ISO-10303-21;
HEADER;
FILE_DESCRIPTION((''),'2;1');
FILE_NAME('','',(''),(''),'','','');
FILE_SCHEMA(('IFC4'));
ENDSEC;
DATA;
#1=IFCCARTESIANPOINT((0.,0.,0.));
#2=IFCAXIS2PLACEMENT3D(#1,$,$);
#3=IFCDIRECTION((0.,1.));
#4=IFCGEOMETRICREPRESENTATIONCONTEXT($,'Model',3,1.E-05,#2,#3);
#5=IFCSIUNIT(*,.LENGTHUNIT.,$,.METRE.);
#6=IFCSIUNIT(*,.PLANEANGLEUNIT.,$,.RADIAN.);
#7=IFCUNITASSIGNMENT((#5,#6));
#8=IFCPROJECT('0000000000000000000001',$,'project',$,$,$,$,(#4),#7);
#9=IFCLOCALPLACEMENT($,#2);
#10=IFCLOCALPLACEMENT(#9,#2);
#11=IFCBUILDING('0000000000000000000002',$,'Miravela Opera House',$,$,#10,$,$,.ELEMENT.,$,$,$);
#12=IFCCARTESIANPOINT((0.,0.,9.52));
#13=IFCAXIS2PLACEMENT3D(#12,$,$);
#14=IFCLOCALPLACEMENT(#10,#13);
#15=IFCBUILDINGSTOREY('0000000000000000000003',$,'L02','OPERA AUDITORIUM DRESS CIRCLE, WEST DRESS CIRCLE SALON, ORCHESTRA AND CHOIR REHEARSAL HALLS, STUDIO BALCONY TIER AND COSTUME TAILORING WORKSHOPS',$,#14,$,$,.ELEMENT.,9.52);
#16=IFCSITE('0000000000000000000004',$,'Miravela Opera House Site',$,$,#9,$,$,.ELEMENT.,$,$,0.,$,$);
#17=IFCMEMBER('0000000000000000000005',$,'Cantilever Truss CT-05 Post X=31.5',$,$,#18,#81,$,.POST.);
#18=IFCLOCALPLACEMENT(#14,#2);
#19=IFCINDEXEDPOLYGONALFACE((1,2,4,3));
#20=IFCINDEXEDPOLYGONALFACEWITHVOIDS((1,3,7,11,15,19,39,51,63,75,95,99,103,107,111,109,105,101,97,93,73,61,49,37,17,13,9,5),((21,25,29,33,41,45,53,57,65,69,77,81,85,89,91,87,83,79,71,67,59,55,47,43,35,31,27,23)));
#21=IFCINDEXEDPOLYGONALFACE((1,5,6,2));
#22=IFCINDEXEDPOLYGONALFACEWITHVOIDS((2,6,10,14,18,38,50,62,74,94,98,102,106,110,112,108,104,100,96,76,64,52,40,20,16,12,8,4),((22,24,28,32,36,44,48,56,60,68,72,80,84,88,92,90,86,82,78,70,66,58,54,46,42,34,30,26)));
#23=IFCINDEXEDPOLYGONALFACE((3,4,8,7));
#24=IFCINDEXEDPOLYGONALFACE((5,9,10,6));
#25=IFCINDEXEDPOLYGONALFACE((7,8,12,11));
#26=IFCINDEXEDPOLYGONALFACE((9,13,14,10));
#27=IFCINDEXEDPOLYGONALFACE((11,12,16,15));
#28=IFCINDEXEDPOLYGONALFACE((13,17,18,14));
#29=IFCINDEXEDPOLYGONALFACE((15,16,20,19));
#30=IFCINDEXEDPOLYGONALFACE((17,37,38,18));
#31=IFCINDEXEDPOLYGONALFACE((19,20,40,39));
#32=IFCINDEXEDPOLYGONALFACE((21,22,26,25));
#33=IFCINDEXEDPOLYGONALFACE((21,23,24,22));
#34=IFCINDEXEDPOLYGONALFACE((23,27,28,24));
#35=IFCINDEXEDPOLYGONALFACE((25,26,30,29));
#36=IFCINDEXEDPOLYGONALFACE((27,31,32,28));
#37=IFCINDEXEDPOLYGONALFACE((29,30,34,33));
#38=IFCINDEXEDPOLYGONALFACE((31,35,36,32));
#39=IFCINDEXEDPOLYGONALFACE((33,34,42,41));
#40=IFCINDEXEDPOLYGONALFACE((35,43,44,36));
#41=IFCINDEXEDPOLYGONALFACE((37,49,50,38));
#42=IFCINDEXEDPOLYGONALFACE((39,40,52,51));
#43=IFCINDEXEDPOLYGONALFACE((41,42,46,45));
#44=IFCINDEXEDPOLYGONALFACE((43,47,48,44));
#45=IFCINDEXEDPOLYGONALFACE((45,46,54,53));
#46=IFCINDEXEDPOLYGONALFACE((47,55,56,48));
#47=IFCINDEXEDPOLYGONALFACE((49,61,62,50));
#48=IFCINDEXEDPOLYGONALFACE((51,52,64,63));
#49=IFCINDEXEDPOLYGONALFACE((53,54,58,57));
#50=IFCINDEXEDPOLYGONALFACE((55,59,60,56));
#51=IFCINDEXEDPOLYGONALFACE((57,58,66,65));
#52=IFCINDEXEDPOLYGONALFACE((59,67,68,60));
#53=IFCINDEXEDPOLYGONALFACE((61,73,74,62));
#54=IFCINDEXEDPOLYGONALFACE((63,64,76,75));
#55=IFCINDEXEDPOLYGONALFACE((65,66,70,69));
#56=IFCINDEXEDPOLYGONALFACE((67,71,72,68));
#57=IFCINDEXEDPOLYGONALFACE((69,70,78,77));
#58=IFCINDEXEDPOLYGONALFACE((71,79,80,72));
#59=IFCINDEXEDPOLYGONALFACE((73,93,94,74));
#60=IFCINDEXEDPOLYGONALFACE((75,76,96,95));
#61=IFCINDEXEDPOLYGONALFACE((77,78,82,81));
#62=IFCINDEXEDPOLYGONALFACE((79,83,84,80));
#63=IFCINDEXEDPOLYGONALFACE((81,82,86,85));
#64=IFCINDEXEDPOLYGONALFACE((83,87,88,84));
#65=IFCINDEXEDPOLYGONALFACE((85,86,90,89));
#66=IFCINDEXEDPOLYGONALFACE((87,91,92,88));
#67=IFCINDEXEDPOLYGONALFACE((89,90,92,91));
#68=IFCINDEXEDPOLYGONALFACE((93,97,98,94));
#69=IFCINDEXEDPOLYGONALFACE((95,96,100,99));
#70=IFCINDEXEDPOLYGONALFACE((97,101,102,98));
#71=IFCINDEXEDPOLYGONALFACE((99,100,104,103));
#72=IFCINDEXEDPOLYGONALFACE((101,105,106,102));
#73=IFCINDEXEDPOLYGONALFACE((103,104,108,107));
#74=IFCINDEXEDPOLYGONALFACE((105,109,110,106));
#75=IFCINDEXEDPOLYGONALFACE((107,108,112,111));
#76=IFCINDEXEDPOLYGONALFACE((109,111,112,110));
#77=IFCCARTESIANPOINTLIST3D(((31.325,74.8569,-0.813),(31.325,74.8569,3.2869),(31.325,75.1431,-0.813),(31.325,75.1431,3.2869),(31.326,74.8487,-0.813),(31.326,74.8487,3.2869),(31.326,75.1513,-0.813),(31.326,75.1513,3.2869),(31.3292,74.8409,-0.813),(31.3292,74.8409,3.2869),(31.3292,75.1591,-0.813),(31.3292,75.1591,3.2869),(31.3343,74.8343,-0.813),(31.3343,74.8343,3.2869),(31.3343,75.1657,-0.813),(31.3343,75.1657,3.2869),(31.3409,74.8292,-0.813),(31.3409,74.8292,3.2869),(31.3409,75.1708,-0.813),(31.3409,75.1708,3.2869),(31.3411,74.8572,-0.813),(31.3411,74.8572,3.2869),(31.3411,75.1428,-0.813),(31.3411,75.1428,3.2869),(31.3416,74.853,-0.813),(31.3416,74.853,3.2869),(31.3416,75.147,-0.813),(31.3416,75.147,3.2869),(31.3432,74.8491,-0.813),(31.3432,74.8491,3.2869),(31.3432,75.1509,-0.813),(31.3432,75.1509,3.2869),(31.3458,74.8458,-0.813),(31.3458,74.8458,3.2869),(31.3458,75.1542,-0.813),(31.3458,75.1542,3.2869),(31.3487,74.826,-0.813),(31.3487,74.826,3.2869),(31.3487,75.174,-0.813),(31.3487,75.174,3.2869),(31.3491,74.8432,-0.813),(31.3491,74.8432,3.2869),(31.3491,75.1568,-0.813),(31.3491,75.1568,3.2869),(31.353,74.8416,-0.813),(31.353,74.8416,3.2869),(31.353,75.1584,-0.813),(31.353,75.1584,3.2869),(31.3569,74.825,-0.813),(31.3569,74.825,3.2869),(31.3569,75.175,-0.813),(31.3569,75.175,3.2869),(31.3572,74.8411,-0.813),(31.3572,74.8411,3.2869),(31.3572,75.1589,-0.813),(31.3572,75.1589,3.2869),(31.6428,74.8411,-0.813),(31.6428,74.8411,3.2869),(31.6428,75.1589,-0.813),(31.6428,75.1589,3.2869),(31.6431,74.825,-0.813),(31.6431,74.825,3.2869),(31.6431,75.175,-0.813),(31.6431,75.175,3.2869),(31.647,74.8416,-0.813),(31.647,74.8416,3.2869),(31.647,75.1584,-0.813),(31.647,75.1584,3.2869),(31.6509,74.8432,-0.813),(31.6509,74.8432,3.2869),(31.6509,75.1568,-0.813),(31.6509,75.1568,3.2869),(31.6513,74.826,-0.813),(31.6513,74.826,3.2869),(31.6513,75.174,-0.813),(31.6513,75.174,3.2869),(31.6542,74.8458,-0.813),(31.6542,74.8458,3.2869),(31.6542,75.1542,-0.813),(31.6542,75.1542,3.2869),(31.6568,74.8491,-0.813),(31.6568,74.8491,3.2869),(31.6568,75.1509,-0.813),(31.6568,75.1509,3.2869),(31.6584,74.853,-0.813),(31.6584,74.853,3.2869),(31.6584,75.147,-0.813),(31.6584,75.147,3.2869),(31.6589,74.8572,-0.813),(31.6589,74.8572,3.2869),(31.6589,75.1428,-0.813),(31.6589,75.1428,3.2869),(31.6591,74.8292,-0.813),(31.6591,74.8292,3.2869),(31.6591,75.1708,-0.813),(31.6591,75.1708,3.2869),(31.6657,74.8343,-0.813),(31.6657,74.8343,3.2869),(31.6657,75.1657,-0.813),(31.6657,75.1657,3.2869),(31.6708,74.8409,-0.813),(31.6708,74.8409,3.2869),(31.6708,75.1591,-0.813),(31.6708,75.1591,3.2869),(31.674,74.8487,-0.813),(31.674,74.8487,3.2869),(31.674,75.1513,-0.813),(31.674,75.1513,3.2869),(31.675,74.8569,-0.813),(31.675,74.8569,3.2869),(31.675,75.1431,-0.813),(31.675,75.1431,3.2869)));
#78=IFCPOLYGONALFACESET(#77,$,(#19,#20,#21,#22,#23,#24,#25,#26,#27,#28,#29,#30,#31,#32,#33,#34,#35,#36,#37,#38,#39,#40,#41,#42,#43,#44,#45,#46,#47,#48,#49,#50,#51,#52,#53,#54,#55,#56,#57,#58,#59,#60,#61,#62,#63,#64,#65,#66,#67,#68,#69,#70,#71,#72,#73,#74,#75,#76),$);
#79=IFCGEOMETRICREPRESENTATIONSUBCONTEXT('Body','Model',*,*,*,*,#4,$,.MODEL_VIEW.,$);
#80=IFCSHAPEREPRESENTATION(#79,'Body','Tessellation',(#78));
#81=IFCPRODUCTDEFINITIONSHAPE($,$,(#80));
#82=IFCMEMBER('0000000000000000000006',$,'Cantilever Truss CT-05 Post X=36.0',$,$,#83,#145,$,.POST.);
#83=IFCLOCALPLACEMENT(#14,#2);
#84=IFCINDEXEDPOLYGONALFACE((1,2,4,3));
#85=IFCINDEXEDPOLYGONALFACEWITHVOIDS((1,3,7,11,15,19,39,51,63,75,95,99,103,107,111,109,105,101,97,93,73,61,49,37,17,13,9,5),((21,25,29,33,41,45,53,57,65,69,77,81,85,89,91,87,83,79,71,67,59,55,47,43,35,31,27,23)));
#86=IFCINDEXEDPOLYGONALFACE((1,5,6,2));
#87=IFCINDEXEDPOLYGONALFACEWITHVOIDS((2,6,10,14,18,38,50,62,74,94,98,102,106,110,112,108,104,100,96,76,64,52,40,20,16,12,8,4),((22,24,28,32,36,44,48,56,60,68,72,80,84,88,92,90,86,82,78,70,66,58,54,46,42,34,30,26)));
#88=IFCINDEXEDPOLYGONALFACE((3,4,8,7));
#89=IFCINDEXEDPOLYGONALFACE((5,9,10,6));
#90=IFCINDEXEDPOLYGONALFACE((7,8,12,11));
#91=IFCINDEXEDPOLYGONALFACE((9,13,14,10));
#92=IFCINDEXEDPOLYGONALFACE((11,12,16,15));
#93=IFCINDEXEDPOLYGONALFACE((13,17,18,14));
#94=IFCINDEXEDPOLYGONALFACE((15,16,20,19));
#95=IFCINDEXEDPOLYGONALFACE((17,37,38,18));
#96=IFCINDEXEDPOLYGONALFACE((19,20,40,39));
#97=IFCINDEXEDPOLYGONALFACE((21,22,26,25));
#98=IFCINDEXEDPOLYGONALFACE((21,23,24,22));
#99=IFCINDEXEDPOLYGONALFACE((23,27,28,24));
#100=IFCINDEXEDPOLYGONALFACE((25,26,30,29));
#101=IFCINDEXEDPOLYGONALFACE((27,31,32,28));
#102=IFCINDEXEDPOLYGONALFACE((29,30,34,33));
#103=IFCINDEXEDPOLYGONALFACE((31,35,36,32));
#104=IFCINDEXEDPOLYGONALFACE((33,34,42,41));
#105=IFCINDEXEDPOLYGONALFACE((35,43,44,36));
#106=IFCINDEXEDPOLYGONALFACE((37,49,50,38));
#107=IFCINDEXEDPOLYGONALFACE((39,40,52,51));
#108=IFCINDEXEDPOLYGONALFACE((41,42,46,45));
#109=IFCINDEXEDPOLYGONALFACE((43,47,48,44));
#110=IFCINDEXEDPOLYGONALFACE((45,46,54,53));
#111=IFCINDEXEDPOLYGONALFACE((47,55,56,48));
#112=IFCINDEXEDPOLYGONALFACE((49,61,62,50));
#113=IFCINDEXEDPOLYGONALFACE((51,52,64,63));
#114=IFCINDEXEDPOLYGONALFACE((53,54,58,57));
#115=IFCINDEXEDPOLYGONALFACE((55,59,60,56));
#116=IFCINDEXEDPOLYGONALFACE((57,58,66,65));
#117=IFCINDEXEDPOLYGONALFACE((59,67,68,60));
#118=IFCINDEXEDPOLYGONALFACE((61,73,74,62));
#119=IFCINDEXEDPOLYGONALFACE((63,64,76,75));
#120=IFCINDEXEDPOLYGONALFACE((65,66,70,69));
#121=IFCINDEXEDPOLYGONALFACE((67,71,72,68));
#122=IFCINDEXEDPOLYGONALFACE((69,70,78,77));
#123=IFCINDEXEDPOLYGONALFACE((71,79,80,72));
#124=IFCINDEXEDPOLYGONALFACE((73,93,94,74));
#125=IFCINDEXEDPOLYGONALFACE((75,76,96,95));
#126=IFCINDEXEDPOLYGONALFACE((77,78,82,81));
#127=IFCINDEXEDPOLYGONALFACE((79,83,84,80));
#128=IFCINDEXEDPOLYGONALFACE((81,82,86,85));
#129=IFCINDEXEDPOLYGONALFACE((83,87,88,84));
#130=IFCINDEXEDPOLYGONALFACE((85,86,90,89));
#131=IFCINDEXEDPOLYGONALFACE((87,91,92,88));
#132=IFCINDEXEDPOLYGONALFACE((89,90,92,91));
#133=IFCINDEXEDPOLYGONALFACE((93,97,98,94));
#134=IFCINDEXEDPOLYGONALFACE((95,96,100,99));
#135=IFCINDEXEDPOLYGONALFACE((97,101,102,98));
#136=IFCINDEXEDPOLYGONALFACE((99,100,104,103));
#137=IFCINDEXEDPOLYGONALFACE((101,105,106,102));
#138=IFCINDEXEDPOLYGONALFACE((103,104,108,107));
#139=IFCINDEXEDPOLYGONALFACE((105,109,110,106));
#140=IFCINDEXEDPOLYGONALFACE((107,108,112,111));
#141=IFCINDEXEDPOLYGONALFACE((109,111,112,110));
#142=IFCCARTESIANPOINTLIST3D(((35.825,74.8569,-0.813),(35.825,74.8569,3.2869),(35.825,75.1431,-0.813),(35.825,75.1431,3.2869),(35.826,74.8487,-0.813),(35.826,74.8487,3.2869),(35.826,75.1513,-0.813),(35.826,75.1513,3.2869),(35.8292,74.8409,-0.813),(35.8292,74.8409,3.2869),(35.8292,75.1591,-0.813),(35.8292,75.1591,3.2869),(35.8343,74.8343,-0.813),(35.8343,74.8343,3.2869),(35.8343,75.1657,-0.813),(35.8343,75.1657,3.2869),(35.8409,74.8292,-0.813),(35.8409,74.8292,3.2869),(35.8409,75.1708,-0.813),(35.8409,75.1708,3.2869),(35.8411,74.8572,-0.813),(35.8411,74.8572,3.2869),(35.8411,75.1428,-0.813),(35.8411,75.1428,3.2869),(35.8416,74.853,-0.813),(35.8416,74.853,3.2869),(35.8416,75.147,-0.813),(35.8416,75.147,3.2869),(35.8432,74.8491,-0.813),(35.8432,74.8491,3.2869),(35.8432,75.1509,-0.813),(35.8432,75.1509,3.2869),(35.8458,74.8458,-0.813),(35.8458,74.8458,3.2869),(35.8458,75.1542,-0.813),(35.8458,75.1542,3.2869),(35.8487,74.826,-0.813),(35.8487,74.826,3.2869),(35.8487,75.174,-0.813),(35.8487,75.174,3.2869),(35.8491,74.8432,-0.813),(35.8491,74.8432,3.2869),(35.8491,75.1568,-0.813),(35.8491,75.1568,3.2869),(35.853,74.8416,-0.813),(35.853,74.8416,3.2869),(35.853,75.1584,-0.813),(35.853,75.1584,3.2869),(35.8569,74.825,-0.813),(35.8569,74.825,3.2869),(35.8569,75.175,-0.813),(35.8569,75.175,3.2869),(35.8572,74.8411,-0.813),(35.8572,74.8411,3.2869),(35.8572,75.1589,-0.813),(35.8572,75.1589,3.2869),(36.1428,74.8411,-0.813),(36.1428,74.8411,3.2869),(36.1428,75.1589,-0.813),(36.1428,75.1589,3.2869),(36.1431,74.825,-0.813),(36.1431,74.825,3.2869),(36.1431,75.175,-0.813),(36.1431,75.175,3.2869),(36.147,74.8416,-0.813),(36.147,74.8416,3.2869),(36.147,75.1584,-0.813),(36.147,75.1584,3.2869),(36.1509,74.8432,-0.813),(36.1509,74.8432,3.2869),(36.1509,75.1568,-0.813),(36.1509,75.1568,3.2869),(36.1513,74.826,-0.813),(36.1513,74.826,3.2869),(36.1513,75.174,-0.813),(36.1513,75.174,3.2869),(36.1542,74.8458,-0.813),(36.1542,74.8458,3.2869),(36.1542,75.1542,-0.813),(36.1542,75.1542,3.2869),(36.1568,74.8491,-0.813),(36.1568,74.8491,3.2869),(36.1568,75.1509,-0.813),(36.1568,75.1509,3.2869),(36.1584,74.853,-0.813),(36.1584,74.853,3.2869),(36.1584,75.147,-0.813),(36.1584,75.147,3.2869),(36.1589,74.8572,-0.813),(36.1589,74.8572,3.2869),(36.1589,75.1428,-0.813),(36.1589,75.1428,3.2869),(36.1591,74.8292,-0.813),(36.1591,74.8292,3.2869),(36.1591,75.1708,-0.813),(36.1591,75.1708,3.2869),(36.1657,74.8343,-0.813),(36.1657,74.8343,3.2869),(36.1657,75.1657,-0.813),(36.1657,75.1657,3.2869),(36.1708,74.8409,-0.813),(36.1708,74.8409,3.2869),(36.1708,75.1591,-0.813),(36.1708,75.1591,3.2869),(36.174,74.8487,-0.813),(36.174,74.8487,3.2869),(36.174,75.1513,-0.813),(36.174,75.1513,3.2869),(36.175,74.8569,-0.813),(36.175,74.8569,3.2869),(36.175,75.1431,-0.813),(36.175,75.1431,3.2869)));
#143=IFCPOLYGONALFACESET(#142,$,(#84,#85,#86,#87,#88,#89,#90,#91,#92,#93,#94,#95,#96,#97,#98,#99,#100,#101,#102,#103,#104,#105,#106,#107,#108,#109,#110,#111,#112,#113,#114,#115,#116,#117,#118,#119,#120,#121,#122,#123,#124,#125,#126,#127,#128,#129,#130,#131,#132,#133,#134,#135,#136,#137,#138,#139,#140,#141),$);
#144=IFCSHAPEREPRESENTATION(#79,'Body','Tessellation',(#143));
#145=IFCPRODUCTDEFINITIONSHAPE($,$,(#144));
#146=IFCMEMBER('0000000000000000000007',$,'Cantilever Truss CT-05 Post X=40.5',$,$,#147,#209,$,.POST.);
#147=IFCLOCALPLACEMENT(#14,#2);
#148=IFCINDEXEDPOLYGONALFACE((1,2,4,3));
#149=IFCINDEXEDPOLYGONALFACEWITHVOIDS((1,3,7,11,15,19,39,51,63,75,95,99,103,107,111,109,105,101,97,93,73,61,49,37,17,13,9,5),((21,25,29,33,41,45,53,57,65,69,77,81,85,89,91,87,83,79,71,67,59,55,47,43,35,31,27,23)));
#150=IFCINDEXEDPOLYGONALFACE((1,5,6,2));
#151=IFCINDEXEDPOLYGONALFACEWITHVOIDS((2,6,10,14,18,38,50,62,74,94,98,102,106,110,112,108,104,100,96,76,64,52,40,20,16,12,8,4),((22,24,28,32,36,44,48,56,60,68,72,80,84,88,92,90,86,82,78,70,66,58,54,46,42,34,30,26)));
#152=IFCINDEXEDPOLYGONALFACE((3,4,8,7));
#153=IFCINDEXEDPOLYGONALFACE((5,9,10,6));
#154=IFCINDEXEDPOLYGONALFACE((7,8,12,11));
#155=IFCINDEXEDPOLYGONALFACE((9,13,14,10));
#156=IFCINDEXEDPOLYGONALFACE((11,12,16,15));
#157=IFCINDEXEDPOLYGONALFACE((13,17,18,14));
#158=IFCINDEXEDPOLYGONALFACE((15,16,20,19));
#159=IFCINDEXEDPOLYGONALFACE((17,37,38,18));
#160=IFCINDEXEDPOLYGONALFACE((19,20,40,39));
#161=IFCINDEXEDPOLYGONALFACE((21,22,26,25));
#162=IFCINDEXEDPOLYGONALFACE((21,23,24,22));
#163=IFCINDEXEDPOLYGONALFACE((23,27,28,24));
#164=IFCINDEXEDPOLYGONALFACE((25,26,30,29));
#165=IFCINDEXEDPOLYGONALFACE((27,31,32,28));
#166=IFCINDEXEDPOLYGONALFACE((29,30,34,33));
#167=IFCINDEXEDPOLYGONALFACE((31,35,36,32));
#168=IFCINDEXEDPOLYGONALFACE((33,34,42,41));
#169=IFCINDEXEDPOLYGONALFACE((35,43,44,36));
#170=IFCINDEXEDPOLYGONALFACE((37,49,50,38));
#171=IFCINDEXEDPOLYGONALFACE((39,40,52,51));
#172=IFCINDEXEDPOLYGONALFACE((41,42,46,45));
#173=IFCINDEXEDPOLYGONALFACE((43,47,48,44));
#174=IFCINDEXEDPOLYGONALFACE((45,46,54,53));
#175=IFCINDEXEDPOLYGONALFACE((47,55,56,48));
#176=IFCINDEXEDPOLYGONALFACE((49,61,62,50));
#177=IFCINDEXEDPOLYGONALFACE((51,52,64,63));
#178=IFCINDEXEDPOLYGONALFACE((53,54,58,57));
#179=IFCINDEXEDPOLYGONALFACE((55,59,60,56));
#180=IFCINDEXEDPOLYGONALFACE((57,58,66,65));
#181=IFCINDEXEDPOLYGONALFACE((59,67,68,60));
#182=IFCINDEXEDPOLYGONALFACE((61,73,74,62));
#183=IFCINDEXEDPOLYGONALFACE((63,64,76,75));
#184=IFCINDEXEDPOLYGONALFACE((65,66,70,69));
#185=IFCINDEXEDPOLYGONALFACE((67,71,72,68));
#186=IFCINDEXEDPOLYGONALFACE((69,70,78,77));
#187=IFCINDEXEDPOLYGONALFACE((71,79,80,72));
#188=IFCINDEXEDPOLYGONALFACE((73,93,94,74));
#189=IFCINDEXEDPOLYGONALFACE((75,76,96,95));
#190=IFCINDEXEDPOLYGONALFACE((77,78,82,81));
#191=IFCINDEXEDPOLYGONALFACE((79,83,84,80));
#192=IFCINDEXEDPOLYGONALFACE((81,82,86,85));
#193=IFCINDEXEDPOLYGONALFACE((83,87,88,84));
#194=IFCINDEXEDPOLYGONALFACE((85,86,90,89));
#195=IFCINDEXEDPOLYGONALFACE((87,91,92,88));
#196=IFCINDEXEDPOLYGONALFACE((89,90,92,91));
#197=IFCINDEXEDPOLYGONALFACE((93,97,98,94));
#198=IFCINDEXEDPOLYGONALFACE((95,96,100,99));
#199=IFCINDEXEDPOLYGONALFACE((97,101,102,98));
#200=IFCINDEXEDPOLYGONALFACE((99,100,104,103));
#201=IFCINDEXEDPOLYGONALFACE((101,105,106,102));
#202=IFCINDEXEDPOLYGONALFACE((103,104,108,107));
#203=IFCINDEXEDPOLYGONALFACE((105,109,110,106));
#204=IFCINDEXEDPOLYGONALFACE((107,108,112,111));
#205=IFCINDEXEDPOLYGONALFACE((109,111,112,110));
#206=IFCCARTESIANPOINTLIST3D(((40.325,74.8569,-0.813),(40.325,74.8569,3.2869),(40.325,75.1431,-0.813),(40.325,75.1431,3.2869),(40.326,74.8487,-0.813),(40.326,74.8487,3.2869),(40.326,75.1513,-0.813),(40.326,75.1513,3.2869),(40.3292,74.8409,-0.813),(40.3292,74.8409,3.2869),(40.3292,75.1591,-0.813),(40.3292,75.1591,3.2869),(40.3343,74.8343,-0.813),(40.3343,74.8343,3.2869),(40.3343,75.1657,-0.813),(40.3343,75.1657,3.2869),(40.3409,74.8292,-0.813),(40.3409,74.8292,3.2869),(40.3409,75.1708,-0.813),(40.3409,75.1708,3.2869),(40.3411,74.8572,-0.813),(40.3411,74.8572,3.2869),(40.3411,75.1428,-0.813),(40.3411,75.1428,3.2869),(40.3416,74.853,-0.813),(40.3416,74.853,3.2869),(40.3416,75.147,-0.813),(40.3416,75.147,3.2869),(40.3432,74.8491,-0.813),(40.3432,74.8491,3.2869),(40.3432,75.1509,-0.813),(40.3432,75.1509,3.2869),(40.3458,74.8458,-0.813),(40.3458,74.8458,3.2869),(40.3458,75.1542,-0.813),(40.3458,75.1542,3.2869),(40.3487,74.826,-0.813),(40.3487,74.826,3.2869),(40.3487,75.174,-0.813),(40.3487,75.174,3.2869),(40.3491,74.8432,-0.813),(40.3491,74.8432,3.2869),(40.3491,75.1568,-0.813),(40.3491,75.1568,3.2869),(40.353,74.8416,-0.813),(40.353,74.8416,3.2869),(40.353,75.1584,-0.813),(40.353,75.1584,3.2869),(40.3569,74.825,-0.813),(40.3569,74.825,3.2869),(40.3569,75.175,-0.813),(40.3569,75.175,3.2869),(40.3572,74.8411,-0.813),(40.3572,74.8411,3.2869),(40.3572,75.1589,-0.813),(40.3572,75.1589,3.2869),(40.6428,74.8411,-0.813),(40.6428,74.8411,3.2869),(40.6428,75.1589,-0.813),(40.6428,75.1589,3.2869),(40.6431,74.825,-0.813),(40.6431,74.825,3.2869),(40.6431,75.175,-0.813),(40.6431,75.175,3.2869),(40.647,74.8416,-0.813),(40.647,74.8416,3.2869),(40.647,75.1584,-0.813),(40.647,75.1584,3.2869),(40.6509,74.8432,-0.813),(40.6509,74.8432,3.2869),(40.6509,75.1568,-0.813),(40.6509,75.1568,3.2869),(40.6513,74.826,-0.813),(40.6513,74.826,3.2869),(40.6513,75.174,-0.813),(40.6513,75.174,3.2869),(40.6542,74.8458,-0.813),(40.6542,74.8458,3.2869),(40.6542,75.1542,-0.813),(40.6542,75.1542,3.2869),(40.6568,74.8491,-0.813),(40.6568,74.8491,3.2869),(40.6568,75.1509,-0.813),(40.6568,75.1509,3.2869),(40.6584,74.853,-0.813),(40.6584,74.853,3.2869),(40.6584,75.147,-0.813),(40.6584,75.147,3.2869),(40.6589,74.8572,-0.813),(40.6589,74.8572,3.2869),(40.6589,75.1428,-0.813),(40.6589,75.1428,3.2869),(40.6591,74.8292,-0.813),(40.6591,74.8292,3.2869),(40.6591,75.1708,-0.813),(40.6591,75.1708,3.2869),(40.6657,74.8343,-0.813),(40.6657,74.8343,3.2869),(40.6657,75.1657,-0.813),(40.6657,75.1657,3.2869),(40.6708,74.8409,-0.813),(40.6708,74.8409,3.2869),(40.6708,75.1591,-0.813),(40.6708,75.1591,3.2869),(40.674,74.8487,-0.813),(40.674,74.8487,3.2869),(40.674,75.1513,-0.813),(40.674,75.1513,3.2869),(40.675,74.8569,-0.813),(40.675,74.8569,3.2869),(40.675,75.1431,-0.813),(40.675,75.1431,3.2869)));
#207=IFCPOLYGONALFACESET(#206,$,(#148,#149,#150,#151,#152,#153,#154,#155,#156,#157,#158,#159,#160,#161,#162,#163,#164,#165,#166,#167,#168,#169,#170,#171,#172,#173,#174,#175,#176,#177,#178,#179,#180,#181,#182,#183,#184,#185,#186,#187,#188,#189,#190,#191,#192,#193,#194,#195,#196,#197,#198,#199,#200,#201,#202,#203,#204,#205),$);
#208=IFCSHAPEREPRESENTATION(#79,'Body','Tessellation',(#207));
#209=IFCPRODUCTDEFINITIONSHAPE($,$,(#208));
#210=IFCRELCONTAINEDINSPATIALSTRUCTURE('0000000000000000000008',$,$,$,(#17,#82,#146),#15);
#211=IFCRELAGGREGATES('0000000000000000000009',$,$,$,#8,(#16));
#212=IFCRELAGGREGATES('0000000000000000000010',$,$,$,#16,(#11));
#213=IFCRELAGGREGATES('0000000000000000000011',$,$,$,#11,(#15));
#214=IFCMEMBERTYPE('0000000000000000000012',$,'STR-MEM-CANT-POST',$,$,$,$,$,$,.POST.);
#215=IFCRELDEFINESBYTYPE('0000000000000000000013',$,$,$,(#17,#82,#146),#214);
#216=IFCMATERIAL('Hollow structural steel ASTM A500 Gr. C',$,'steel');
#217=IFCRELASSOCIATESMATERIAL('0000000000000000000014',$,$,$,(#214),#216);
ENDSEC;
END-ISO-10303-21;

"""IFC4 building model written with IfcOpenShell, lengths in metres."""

from ifc_helpers import new_model, si_unit, direction, frame, origin, origin_2d, place, context, subcontext, project, spatial, hollow_rectangle, extrude, material, material_profile, profile_set, type_object, element, save


model = new_model("IFC4")

# Units and contexts
model_context = context("Model", 3, precision=1e-05, world=origin(), true_north=direction((0.0, 1.0)))
body_context = subcontext(model_context, "Body", "Model", "MODEL_VIEW")
ifc_project = project(units=[si_unit("LENGTHUNIT", "METRE"), si_unit("PLANEANGLEUNIT", "RADIAN")], contexts=[model_context])

# Site, building, storey
site_placement = place(None, origin())
site = spatial("IfcSite", under=ifc_project, at=site_placement, Name="Miravela Opera House Site", CompositionType="ELEMENT", RefElevation=0.0)
building_placement = place(site_placement, origin())
building = spatial("IfcBuilding", under=site, at=building_placement, Name="Miravela Opera House", CompositionType="ELEMENT")
storey_placement = place(building_placement, frame((0.0, 0.0, 9.52)))
storey = spatial("IfcBuildingStorey", under=building, at=storey_placement, Name="L02", Description="OPERA AUDITORIUM DRESS CIRCLE, WEST DRESS CIRCLE SALON, ORCHESTRA AND CHOIR REHEARSAL HALLS, STUDIO BALCONY TIER AND COSTUME TAILORING WORKSHOPS", CompositionType="ELEMENT", Elevation=9.52)

# Members
ifc_material_1 = material(Name="Hollow structural steel ASTM A500 Gr. C", Category="steel")
ifc_material_profile_1 = material_profile(ifc_material_1, hollow_rectangle(XDim=0.3501, YDim=0.3501, WallThickness=0.0161, InnerFilletRadius=0.0161, OuterFilletRadius=0.032, at=origin_2d()), Name="HSS350X350X16")
ifc_profile_set_1 = profile_set([ifc_material_profile_1])
member_type_1 = type_object("IfcMemberType", Name="STR-MEM-CANT-POST", PredefinedType="POST", material=ifc_profile_set_1)
for number, where, z_axis, x_axis, name in (
    (1, (31.5, 75.0, -0.813), (0.0, 0.0, 1.0), (1.0, 0.0, 0.0), "Cantilever Truss CT-05 Post X=31.5"),
    (2, (36.0, 75.0, -0.813), (0.0, 0.0, 1.0), (1.0, 0.0, 0.0), "Cantilever Truss CT-05 Post X=36.0"),
    (3, (40.5, 75.0, -0.813), (0.0, 0.0, 1.0), (1.0, 0.0, 0.0), "Cantilever Truss CT-05 Post X=40.5"),
):
    element("IfcMember", number, at=place(storey_placement, frame(where, z_axis=z_axis, x_axis=x_axis)), inside=storey, type_object=member_type_1, Name=name, PredefinedType="POST", context=body_context, shape_type="SweptSolid", body=[
        extrude(hollow_rectangle(XDim=0.3501, YDim=0.3501, WallThickness=0.0161, InnerFilletRadius=0.0161, OuterFilletRadius=0.032, at=origin_2d()), origin(), (0.0, 0.0, 1.0), 4.0999),
    ])

save(model, "model.ifc")
